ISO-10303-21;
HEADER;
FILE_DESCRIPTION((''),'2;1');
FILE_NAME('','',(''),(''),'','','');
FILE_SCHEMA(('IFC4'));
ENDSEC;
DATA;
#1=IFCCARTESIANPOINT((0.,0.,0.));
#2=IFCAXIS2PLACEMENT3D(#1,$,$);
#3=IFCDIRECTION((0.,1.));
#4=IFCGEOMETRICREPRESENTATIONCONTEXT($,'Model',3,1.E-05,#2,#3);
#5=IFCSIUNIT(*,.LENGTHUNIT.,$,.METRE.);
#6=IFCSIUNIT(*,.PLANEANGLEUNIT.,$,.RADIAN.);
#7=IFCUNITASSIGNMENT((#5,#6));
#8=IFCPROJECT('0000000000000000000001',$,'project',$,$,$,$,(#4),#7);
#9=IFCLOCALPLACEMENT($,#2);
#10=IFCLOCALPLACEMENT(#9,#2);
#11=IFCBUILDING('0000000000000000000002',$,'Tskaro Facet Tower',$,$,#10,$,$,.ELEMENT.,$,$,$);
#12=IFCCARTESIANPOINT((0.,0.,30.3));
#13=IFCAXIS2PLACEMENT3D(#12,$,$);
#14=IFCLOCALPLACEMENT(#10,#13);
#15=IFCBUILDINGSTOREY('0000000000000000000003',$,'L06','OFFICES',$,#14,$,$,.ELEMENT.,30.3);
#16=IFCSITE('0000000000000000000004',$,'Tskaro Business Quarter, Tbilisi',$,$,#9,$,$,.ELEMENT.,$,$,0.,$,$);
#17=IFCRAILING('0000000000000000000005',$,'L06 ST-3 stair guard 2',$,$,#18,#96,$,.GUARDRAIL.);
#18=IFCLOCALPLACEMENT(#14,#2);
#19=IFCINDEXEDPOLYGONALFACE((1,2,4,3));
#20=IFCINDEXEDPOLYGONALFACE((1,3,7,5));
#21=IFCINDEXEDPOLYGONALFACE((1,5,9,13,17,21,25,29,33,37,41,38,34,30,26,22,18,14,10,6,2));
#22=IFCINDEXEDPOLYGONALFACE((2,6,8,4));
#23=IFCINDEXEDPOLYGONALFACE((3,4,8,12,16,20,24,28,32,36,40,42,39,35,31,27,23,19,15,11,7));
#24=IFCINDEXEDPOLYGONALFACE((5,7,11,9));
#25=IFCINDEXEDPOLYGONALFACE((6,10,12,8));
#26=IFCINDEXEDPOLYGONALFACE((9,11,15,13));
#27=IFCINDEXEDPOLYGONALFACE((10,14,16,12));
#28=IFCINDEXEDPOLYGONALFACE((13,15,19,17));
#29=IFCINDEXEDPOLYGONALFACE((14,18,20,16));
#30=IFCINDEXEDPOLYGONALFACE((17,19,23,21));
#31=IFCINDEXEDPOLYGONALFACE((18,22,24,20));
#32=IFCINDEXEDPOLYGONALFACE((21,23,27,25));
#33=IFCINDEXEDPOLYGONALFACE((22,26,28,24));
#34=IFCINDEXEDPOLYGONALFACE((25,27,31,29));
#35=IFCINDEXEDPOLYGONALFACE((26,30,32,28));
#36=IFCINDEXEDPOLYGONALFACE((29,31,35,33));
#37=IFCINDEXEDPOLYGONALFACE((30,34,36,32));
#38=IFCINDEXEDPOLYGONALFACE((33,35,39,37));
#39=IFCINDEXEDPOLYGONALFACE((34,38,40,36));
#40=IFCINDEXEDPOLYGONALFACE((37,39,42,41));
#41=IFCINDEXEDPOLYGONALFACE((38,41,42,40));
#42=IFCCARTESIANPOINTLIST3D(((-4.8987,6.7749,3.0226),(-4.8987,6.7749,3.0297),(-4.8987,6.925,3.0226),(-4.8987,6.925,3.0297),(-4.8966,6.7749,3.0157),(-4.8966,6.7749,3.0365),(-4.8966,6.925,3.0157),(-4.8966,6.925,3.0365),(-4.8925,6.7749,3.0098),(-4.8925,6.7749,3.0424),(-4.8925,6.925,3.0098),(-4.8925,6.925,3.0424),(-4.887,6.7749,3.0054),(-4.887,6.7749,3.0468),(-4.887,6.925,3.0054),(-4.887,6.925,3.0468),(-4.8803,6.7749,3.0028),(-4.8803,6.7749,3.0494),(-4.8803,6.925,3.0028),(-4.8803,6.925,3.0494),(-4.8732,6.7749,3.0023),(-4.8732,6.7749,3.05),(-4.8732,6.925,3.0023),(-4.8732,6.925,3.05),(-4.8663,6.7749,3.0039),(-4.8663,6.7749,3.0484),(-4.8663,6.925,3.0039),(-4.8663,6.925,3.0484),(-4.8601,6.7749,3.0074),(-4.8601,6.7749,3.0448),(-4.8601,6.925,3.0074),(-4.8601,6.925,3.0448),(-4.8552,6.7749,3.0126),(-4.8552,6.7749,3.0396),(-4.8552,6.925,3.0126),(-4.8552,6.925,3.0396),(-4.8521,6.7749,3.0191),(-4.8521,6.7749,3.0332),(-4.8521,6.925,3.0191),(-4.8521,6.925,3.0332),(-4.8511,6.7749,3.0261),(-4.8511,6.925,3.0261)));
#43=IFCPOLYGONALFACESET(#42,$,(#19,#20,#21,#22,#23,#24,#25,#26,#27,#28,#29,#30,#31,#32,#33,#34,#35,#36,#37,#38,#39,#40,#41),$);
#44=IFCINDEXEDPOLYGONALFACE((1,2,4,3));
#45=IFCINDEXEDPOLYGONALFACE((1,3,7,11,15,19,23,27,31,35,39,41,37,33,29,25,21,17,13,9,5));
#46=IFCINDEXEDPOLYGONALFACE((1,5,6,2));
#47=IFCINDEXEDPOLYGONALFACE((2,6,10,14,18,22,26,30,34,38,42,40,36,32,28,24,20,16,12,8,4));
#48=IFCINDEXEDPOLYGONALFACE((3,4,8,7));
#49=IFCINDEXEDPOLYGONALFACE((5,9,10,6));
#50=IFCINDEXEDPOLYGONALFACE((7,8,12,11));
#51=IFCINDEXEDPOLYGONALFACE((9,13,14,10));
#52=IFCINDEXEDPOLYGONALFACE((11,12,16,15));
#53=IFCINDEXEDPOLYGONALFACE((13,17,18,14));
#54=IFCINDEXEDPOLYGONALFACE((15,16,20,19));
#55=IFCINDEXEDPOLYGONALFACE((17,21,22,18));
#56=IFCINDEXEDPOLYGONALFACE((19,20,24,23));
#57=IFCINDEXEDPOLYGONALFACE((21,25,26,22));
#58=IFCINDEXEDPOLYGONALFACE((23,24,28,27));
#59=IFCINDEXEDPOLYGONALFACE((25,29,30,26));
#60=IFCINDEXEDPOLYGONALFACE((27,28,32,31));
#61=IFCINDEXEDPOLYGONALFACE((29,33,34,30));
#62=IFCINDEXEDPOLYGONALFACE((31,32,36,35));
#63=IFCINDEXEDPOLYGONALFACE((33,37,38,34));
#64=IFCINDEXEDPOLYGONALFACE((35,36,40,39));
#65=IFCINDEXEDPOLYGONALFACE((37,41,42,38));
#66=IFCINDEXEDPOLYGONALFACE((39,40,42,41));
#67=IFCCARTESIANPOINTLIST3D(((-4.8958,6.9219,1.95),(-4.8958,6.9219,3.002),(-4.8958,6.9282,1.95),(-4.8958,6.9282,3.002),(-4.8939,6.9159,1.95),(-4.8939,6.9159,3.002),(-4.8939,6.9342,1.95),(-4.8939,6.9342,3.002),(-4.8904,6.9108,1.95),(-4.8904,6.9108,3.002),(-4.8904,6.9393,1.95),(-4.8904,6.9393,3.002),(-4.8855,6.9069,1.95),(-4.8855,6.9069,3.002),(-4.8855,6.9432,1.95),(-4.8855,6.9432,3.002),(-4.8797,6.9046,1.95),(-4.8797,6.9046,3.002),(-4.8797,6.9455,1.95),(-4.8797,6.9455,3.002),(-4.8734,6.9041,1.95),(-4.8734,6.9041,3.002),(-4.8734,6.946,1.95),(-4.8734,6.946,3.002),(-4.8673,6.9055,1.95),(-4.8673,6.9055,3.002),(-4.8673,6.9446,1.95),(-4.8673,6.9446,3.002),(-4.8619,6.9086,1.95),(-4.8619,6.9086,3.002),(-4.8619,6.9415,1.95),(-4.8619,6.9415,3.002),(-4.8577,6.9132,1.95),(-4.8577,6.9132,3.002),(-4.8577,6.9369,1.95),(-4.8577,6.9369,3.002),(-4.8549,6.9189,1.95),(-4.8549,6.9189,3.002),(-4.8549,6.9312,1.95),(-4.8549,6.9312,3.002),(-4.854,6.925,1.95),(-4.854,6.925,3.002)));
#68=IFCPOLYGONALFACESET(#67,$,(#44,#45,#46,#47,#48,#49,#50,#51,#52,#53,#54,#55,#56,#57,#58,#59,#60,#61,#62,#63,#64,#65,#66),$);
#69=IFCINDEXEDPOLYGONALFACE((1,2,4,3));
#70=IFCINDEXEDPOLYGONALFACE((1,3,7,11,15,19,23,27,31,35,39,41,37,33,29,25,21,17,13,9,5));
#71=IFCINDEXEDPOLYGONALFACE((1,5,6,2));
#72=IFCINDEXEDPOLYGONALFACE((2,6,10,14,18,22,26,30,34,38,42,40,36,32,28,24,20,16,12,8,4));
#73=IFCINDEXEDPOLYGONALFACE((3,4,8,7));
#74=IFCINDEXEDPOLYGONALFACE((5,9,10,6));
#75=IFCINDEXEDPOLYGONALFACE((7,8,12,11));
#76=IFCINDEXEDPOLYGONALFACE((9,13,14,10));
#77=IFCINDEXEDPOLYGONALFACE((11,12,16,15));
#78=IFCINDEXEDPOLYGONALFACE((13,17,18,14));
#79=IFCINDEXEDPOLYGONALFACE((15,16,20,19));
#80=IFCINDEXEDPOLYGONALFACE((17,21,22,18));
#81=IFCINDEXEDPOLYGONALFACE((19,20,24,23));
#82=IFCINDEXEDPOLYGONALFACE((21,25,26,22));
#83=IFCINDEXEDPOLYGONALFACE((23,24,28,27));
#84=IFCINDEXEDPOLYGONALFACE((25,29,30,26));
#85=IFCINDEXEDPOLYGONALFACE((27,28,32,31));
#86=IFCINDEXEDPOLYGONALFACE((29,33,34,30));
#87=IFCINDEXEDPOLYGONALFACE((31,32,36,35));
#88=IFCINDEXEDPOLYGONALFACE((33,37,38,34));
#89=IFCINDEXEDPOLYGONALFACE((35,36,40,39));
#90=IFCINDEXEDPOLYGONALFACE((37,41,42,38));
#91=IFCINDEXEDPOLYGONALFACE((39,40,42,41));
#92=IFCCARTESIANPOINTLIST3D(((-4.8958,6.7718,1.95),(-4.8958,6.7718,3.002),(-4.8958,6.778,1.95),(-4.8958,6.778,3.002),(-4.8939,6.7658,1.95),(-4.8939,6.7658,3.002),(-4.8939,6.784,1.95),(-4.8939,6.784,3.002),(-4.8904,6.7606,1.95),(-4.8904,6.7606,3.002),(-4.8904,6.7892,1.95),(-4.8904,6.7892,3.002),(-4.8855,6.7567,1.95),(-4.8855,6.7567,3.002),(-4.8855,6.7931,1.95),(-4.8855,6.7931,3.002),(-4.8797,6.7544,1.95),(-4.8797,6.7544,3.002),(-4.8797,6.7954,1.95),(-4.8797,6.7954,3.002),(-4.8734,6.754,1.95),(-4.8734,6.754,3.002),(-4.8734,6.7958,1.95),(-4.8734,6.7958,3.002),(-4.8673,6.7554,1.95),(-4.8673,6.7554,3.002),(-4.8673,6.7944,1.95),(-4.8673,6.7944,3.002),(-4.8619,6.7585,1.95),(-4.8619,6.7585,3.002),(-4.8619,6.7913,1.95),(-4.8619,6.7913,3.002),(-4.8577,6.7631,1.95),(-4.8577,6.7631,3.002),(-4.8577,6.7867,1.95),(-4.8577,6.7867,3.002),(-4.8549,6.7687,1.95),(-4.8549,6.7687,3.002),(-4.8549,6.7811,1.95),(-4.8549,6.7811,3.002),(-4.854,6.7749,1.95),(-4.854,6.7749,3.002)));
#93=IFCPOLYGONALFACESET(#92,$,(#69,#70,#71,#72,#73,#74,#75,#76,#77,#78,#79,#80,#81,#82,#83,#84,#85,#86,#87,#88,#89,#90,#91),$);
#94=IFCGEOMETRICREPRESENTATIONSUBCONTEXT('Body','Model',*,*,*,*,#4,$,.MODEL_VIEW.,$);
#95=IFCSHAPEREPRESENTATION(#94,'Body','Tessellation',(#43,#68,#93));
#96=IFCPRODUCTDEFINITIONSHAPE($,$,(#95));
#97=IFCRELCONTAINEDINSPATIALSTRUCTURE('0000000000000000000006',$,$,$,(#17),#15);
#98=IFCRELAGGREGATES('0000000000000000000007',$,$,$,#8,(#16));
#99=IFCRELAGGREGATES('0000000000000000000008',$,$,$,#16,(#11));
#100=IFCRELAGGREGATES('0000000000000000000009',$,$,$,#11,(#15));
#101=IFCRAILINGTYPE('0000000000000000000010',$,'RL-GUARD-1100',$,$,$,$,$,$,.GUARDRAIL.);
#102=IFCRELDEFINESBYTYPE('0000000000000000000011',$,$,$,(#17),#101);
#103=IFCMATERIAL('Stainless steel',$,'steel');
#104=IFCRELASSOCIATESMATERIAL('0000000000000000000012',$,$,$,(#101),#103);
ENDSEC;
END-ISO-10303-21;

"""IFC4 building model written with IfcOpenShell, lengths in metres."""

from ifc_helpers import new_model, si_unit, direction, frame, origin, origin_2d, place, context, subcontext, project, spatial, circle, extrude, material, type_object, element, save


model = new_model("IFC4")

# Units and contexts
model_context = context("Model", 3, precision=1e-05, world=origin(), true_north=direction((0.0, 1.0)))
body_context = subcontext(model_context, "Body", "Model", "MODEL_VIEW")
ifc_project = project(units=[si_unit("LENGTHUNIT", "METRE"), si_unit("PLANEANGLEUNIT", "RADIAN")], contexts=[model_context])

# Site, building, storey
site_placement = place(None, origin())
site = spatial("IfcSite", under=ifc_project, at=site_placement, Name="Tskaro Business Quarter, Tbilisi", CompositionType="ELEMENT", RefElevation=0.0)
building_placement = place(site_placement, origin())
building = spatial("IfcBuilding", under=site, at=building_placement, Name="Tskaro Facet Tower", CompositionType="ELEMENT")
storey_placement = place(building_placement, frame((0.0, 0.0, 30.3)))
storey = spatial("IfcBuildingStorey", under=building, at=storey_placement, Name="L06", Description="OFFICES", CompositionType="ELEMENT", Elevation=30.3)

# Railing
ifc_material_1 = material(Name="Stainless steel", Category="steel")
railing_type_1 = type_object("IfcRailingType", Name="RL-GUARD-1100", PredefinedType="GUARDRAIL", material=ifc_material_1)
railing_1_placement = place(storey_placement, frame((-4.875, 6.925, 1.95)))
element("IfcRailing", 1, at=railing_1_placement, inside=storey, type_object=railing_type_1, Name="L06 ST-3 stair guard 2", PredefinedType="GUARDRAIL", context=body_context, shape_type="SweptSolid", body=[
    extrude(circle(Radius=0.0239, at=origin_2d()), frame((0.0, 0.0, 1.0762), z_axis=(0.0, -1.0, 0.0), x_axis=(1.0, 0.0, 0.0)), (0.0, 0.0, 1.0), 0.1501),
    extrude(circle(Radius=0.021, at=origin_2d()), origin(), (0.0, 0.0, 1.0), 1.052),
    extrude(circle(Radius=0.021, at=origin_2d()), frame((0.0, -0.1501, 0.0)), (0.0, 0.0, 1.0), 1.052),
])

save(model, "model.ifc")
